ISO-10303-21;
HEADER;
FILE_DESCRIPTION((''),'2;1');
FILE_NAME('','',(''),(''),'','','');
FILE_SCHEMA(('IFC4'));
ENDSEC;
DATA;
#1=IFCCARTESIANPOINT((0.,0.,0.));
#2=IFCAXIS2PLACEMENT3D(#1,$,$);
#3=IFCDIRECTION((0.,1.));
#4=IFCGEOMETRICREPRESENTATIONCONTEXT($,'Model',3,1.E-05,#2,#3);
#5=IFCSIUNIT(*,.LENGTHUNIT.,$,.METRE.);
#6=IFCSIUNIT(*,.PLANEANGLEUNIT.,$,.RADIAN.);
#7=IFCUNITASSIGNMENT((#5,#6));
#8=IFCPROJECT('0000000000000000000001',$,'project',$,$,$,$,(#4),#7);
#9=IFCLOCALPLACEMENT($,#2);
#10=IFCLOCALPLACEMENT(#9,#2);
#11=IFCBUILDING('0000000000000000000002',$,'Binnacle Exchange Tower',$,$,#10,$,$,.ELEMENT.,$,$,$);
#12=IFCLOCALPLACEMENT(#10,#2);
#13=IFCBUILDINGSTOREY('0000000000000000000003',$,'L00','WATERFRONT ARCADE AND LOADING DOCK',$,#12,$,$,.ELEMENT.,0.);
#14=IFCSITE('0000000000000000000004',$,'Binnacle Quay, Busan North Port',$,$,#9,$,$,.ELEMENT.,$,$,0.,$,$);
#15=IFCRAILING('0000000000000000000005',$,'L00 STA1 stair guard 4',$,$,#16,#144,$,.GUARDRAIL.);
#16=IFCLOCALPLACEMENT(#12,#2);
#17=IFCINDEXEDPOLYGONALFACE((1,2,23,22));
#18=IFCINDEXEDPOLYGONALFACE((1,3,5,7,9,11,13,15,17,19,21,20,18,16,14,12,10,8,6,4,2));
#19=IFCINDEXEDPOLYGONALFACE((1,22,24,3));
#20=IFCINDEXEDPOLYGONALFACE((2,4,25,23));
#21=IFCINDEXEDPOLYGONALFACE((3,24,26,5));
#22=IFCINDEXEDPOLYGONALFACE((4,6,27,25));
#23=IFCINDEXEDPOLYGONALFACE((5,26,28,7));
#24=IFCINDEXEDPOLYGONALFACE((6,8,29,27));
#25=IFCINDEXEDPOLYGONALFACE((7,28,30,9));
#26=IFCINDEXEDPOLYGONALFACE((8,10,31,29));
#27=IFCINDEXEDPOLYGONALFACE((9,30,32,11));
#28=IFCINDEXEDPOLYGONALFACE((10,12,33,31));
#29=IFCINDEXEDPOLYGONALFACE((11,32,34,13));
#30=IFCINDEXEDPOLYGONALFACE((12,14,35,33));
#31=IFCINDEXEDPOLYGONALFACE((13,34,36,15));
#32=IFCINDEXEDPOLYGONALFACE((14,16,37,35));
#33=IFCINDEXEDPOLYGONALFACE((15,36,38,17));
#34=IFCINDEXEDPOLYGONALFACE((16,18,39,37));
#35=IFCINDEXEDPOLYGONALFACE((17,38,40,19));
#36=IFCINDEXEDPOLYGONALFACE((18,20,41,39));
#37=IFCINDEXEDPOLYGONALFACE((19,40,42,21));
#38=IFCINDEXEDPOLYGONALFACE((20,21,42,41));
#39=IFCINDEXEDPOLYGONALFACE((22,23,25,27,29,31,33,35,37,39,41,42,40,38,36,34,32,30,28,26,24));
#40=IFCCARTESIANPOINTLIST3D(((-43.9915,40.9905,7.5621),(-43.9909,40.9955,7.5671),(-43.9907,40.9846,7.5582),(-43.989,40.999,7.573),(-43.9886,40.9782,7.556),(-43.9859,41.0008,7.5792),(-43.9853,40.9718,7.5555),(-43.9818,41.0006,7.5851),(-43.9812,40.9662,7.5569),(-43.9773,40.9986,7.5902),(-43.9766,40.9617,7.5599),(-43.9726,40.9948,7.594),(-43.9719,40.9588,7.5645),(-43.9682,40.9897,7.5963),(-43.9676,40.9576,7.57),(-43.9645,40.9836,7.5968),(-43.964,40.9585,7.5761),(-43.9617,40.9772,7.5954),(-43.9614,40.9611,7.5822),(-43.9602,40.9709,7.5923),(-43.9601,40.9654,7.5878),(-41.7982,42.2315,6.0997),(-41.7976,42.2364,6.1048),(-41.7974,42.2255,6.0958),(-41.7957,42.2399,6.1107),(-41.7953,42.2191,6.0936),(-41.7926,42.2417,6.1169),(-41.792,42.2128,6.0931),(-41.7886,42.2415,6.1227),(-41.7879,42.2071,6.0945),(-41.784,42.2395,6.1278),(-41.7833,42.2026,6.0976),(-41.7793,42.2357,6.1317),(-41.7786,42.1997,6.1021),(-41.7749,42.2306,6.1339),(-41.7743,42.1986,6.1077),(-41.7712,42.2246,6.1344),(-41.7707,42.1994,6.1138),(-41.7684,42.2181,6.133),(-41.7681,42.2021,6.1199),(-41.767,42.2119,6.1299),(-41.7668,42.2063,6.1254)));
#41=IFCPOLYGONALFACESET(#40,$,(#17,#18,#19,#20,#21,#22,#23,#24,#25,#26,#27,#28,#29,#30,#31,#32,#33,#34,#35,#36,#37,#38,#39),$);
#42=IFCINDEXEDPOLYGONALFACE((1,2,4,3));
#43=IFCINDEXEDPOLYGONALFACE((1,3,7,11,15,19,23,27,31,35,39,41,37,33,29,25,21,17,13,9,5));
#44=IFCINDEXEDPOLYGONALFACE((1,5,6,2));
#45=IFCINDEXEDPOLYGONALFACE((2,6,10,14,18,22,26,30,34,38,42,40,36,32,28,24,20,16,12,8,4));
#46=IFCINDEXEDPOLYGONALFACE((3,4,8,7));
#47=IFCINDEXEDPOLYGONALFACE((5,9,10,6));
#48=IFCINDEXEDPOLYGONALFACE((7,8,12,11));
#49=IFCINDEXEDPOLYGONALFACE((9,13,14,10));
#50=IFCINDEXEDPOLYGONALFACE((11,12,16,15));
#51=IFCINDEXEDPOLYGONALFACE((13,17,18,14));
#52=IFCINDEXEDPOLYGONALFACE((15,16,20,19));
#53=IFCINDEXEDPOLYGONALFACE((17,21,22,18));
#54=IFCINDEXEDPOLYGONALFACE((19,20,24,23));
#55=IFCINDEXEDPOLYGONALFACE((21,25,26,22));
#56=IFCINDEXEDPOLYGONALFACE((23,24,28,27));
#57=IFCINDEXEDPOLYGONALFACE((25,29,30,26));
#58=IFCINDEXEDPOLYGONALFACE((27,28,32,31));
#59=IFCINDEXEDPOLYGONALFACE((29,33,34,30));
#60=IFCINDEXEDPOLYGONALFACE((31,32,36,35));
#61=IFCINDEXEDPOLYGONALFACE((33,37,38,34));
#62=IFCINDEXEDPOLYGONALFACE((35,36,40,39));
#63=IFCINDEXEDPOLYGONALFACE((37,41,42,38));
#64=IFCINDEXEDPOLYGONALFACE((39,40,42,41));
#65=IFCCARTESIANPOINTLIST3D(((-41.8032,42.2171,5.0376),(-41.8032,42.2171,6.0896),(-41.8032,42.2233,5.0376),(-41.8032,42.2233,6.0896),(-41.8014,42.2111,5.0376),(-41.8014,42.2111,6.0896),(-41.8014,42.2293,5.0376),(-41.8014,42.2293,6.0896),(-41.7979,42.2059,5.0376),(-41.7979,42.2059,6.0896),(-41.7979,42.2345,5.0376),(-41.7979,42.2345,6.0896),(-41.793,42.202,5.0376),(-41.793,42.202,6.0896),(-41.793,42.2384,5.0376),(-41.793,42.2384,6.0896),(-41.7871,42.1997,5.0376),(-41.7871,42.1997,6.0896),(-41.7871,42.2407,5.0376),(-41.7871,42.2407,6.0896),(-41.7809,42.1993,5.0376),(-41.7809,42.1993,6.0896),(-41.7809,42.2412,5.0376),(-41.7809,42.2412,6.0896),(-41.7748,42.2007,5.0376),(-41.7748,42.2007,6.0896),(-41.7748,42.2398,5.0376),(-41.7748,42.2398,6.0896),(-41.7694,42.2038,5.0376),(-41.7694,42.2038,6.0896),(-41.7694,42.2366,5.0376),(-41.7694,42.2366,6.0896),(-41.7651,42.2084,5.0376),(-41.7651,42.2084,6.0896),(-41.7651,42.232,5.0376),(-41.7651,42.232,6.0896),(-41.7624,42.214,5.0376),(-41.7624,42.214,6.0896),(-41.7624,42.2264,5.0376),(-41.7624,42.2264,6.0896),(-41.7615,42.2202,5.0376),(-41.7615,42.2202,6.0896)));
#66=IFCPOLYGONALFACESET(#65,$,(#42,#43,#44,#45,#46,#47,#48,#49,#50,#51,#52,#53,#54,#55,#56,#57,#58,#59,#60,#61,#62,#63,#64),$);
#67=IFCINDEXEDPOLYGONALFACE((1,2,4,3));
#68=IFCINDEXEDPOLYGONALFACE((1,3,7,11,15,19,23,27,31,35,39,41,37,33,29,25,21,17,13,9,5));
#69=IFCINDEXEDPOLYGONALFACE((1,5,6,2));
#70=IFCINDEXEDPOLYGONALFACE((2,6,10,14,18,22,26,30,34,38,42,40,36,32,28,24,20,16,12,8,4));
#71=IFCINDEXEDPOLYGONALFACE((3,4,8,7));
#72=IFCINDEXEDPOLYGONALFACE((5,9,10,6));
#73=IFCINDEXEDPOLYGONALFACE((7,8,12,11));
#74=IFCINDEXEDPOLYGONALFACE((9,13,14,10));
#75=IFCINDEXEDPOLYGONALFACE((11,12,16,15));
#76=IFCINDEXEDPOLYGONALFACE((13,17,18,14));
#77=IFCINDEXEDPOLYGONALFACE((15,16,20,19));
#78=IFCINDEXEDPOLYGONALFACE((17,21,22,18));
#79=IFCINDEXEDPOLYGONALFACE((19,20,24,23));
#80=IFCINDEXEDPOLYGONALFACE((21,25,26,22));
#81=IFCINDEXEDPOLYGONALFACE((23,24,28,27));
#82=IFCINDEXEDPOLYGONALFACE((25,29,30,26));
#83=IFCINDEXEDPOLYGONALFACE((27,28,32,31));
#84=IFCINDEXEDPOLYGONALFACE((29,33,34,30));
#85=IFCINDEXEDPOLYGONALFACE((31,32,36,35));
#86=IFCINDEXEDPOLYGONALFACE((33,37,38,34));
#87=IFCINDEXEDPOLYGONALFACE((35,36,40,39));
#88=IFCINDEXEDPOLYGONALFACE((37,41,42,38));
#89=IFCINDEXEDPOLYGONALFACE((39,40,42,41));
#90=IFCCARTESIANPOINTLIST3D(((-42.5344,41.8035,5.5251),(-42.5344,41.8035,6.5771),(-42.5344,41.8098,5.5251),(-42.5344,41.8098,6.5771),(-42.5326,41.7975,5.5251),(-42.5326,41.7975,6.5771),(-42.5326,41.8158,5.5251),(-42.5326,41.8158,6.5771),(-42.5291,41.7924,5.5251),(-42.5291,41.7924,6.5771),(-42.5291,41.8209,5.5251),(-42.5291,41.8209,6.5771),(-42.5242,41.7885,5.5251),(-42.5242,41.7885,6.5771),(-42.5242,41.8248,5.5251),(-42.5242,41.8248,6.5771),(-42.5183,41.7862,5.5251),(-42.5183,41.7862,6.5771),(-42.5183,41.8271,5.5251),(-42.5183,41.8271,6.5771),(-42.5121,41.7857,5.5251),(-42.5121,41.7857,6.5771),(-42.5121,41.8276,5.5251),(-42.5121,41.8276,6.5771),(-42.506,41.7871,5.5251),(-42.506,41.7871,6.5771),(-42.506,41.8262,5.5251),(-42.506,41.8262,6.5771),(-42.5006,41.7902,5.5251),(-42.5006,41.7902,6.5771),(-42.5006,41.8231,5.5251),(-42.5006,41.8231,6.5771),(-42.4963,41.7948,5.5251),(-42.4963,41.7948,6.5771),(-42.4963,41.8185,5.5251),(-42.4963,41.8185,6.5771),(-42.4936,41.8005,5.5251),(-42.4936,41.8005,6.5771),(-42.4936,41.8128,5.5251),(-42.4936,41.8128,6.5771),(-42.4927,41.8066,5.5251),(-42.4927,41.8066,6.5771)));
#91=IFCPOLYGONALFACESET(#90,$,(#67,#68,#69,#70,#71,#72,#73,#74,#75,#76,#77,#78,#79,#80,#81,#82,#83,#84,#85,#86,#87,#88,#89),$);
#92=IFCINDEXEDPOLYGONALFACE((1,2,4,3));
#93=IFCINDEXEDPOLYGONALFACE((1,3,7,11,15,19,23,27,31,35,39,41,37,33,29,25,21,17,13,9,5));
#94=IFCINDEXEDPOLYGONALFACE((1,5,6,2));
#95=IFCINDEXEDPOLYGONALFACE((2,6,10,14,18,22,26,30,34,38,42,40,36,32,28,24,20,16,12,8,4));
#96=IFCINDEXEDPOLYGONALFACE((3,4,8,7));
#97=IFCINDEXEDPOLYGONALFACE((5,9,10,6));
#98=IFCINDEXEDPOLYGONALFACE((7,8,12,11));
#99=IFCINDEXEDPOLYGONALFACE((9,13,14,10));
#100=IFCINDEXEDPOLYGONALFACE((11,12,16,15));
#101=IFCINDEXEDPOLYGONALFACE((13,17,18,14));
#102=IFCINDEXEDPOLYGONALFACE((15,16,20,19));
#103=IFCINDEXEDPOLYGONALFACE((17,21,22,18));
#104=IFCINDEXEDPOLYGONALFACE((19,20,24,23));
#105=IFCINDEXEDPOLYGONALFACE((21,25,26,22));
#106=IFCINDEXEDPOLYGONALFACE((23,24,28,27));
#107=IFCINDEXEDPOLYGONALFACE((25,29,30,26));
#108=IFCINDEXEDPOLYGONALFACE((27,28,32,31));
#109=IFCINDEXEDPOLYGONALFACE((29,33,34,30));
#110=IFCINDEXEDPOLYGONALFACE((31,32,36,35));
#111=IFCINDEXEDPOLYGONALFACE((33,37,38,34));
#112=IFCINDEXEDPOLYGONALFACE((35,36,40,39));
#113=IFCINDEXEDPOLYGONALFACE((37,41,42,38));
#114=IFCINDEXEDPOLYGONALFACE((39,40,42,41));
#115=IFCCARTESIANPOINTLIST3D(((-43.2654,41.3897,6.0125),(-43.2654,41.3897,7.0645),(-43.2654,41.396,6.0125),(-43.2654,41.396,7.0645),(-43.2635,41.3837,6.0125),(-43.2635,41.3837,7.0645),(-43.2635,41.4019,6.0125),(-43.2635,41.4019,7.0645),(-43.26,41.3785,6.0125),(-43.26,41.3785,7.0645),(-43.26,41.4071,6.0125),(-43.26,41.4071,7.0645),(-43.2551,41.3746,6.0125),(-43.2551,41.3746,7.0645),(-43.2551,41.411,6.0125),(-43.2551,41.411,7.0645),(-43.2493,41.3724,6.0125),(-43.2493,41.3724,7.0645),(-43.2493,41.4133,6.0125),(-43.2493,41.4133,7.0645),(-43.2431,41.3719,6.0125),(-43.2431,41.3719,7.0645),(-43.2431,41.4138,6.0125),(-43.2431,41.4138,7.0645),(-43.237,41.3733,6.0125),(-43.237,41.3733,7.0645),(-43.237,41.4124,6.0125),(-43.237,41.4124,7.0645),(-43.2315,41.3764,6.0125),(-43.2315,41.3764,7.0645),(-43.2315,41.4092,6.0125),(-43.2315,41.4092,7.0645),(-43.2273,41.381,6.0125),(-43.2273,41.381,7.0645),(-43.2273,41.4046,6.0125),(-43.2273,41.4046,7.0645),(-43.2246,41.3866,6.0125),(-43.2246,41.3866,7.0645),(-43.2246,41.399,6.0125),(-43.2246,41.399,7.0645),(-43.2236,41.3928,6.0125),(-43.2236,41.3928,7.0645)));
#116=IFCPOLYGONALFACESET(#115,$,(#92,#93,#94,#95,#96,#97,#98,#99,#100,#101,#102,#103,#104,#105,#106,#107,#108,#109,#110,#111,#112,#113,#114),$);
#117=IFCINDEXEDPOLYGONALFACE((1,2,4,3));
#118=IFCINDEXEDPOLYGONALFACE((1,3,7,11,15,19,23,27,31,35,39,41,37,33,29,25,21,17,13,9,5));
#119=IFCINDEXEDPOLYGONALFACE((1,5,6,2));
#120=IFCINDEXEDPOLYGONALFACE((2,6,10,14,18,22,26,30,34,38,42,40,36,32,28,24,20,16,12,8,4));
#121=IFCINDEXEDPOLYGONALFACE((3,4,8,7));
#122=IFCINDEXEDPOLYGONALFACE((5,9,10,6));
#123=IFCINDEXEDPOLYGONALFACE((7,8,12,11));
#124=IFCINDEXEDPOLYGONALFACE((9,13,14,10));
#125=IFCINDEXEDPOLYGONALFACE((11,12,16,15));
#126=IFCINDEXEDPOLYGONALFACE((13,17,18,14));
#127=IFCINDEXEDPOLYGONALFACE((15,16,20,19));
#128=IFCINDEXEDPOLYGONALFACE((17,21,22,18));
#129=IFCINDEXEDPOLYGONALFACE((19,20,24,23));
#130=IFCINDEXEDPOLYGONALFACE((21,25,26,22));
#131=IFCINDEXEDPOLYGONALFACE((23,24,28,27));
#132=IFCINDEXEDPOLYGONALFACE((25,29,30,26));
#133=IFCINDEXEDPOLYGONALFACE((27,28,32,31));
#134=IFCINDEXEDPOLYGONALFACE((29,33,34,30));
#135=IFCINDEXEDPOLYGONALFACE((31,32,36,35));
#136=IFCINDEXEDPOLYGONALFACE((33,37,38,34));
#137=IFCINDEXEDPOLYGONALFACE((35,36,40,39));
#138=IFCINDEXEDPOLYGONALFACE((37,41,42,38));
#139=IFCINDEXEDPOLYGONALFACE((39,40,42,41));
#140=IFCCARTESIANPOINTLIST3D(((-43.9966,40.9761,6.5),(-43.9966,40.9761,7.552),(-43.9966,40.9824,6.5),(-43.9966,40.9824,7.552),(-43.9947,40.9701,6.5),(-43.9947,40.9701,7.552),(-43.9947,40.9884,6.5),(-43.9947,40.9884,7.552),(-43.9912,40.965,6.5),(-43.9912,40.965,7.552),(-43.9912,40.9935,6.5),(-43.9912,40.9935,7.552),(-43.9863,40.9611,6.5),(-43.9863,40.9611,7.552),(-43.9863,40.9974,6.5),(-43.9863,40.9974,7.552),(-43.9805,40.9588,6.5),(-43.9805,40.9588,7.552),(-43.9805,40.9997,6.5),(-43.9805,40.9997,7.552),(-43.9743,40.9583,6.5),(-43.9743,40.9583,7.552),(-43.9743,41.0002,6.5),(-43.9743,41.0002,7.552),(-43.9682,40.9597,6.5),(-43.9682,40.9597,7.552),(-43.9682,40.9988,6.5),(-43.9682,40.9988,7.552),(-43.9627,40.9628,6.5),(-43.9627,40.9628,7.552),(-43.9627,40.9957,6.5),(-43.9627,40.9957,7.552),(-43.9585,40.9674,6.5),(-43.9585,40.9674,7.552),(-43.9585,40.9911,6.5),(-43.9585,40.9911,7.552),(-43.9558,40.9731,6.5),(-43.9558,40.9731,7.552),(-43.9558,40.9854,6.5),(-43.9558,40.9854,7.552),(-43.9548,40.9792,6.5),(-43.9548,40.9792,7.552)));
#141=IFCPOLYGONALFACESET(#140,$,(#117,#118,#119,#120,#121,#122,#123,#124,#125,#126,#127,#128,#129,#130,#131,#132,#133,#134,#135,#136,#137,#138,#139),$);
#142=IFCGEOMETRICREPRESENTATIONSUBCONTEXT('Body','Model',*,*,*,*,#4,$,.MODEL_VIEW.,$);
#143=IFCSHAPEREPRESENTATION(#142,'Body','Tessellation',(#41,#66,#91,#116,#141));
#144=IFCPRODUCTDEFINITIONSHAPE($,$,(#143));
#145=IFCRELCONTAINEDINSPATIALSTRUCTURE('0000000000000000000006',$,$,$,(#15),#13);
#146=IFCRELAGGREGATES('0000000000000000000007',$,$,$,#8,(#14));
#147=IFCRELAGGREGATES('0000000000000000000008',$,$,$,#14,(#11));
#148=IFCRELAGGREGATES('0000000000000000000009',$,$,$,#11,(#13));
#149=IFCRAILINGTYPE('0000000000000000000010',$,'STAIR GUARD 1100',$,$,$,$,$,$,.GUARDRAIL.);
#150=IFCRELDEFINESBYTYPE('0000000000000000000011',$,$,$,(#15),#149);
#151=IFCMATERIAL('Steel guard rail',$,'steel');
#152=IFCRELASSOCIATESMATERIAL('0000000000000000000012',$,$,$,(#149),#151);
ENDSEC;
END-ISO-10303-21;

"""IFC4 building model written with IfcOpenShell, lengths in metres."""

from ifc_helpers import new_model, si_unit, direction, frame, origin, origin_2d, place, context, subcontext, project, spatial, circle, extrude, material, type_object, element, save


model = new_model("IFC4")

# Units and contexts
model_context = context("Model", 3, precision=1e-05, world=origin(), true_north=direction((0.0, 1.0)))
body_context = subcontext(model_context, "Body", "Model", "MODEL_VIEW")
ifc_project = project(units=[si_unit("LENGTHUNIT", "METRE"), si_unit("PLANEANGLEUNIT", "RADIAN")], contexts=[model_context])

# Site, building, storey
site_placement = place(None, origin())
site = spatial("IfcSite", under=ifc_project, at=site_placement, Name="Binnacle Quay, Busan North Port", CompositionType="ELEMENT", RefElevation=0.0)
building_placement = place(site_placement, origin())
building = spatial("IfcBuilding", under=site, at=building_placement, Name="Binnacle Exchange Tower", CompositionType="ELEMENT")
storey_placement = place(building_placement, origin())
storey = spatial("IfcBuildingStorey", under=building, at=storey_placement, Name="L00", Description="WATERFRONT ARCADE AND LOADING DOCK", CompositionType="ELEMENT", Elevation=0.0)

# Railing
ifc_material_1 = material(Name="Steel guard rail", Category="steel")
railing_type = type_object("IfcRailingType", Name="STAIR GUARD 1100", PredefinedType="GUARDRAIL", material=ifc_material_1)
railing_1_placement = place(storey_placement, frame((-41.7825, 42.2202, 5.0376)))
element("IfcRailing", 1, at=railing_1_placement, inside=storey, type_object=railing_type, Name="L00 STA1 stair guard 4", PredefinedType="GUARDRAIL", context=body_context, shape_type="SweptSolid", body=[
    extrude(circle(Radius=0.0239, at=origin_2d()), frame((0.0, 0.0, 1.0762), z_axis=(-0.752784, -0.425913, 0.501912), x_axis=(0.492431, -0.870352, 0.0)), (0.0, 0.0, 1.0), 2.9136),
    extrude(circle(Radius=0.021, at=origin_2d()), origin(), (0.0, 0.0, 1.0), 1.052),
    extrude(circle(Radius=0.021, at=origin_2d()), frame((-0.7312, -0.4136, 0.4875)), (0.0, 0.0, 1.0), 1.052),
    extrude(circle(Radius=0.021, at=origin_2d()), frame((-1.4622, -0.8274, 0.9749)), (0.0, 0.0, 1.0), 1.052),
    extrude(circle(Radius=0.021, at=origin_2d()), frame((-2.1934, -1.241, 1.4624)), (0.0, 0.0, 1.0), 1.052),
])

save(model, "model.ifc")
